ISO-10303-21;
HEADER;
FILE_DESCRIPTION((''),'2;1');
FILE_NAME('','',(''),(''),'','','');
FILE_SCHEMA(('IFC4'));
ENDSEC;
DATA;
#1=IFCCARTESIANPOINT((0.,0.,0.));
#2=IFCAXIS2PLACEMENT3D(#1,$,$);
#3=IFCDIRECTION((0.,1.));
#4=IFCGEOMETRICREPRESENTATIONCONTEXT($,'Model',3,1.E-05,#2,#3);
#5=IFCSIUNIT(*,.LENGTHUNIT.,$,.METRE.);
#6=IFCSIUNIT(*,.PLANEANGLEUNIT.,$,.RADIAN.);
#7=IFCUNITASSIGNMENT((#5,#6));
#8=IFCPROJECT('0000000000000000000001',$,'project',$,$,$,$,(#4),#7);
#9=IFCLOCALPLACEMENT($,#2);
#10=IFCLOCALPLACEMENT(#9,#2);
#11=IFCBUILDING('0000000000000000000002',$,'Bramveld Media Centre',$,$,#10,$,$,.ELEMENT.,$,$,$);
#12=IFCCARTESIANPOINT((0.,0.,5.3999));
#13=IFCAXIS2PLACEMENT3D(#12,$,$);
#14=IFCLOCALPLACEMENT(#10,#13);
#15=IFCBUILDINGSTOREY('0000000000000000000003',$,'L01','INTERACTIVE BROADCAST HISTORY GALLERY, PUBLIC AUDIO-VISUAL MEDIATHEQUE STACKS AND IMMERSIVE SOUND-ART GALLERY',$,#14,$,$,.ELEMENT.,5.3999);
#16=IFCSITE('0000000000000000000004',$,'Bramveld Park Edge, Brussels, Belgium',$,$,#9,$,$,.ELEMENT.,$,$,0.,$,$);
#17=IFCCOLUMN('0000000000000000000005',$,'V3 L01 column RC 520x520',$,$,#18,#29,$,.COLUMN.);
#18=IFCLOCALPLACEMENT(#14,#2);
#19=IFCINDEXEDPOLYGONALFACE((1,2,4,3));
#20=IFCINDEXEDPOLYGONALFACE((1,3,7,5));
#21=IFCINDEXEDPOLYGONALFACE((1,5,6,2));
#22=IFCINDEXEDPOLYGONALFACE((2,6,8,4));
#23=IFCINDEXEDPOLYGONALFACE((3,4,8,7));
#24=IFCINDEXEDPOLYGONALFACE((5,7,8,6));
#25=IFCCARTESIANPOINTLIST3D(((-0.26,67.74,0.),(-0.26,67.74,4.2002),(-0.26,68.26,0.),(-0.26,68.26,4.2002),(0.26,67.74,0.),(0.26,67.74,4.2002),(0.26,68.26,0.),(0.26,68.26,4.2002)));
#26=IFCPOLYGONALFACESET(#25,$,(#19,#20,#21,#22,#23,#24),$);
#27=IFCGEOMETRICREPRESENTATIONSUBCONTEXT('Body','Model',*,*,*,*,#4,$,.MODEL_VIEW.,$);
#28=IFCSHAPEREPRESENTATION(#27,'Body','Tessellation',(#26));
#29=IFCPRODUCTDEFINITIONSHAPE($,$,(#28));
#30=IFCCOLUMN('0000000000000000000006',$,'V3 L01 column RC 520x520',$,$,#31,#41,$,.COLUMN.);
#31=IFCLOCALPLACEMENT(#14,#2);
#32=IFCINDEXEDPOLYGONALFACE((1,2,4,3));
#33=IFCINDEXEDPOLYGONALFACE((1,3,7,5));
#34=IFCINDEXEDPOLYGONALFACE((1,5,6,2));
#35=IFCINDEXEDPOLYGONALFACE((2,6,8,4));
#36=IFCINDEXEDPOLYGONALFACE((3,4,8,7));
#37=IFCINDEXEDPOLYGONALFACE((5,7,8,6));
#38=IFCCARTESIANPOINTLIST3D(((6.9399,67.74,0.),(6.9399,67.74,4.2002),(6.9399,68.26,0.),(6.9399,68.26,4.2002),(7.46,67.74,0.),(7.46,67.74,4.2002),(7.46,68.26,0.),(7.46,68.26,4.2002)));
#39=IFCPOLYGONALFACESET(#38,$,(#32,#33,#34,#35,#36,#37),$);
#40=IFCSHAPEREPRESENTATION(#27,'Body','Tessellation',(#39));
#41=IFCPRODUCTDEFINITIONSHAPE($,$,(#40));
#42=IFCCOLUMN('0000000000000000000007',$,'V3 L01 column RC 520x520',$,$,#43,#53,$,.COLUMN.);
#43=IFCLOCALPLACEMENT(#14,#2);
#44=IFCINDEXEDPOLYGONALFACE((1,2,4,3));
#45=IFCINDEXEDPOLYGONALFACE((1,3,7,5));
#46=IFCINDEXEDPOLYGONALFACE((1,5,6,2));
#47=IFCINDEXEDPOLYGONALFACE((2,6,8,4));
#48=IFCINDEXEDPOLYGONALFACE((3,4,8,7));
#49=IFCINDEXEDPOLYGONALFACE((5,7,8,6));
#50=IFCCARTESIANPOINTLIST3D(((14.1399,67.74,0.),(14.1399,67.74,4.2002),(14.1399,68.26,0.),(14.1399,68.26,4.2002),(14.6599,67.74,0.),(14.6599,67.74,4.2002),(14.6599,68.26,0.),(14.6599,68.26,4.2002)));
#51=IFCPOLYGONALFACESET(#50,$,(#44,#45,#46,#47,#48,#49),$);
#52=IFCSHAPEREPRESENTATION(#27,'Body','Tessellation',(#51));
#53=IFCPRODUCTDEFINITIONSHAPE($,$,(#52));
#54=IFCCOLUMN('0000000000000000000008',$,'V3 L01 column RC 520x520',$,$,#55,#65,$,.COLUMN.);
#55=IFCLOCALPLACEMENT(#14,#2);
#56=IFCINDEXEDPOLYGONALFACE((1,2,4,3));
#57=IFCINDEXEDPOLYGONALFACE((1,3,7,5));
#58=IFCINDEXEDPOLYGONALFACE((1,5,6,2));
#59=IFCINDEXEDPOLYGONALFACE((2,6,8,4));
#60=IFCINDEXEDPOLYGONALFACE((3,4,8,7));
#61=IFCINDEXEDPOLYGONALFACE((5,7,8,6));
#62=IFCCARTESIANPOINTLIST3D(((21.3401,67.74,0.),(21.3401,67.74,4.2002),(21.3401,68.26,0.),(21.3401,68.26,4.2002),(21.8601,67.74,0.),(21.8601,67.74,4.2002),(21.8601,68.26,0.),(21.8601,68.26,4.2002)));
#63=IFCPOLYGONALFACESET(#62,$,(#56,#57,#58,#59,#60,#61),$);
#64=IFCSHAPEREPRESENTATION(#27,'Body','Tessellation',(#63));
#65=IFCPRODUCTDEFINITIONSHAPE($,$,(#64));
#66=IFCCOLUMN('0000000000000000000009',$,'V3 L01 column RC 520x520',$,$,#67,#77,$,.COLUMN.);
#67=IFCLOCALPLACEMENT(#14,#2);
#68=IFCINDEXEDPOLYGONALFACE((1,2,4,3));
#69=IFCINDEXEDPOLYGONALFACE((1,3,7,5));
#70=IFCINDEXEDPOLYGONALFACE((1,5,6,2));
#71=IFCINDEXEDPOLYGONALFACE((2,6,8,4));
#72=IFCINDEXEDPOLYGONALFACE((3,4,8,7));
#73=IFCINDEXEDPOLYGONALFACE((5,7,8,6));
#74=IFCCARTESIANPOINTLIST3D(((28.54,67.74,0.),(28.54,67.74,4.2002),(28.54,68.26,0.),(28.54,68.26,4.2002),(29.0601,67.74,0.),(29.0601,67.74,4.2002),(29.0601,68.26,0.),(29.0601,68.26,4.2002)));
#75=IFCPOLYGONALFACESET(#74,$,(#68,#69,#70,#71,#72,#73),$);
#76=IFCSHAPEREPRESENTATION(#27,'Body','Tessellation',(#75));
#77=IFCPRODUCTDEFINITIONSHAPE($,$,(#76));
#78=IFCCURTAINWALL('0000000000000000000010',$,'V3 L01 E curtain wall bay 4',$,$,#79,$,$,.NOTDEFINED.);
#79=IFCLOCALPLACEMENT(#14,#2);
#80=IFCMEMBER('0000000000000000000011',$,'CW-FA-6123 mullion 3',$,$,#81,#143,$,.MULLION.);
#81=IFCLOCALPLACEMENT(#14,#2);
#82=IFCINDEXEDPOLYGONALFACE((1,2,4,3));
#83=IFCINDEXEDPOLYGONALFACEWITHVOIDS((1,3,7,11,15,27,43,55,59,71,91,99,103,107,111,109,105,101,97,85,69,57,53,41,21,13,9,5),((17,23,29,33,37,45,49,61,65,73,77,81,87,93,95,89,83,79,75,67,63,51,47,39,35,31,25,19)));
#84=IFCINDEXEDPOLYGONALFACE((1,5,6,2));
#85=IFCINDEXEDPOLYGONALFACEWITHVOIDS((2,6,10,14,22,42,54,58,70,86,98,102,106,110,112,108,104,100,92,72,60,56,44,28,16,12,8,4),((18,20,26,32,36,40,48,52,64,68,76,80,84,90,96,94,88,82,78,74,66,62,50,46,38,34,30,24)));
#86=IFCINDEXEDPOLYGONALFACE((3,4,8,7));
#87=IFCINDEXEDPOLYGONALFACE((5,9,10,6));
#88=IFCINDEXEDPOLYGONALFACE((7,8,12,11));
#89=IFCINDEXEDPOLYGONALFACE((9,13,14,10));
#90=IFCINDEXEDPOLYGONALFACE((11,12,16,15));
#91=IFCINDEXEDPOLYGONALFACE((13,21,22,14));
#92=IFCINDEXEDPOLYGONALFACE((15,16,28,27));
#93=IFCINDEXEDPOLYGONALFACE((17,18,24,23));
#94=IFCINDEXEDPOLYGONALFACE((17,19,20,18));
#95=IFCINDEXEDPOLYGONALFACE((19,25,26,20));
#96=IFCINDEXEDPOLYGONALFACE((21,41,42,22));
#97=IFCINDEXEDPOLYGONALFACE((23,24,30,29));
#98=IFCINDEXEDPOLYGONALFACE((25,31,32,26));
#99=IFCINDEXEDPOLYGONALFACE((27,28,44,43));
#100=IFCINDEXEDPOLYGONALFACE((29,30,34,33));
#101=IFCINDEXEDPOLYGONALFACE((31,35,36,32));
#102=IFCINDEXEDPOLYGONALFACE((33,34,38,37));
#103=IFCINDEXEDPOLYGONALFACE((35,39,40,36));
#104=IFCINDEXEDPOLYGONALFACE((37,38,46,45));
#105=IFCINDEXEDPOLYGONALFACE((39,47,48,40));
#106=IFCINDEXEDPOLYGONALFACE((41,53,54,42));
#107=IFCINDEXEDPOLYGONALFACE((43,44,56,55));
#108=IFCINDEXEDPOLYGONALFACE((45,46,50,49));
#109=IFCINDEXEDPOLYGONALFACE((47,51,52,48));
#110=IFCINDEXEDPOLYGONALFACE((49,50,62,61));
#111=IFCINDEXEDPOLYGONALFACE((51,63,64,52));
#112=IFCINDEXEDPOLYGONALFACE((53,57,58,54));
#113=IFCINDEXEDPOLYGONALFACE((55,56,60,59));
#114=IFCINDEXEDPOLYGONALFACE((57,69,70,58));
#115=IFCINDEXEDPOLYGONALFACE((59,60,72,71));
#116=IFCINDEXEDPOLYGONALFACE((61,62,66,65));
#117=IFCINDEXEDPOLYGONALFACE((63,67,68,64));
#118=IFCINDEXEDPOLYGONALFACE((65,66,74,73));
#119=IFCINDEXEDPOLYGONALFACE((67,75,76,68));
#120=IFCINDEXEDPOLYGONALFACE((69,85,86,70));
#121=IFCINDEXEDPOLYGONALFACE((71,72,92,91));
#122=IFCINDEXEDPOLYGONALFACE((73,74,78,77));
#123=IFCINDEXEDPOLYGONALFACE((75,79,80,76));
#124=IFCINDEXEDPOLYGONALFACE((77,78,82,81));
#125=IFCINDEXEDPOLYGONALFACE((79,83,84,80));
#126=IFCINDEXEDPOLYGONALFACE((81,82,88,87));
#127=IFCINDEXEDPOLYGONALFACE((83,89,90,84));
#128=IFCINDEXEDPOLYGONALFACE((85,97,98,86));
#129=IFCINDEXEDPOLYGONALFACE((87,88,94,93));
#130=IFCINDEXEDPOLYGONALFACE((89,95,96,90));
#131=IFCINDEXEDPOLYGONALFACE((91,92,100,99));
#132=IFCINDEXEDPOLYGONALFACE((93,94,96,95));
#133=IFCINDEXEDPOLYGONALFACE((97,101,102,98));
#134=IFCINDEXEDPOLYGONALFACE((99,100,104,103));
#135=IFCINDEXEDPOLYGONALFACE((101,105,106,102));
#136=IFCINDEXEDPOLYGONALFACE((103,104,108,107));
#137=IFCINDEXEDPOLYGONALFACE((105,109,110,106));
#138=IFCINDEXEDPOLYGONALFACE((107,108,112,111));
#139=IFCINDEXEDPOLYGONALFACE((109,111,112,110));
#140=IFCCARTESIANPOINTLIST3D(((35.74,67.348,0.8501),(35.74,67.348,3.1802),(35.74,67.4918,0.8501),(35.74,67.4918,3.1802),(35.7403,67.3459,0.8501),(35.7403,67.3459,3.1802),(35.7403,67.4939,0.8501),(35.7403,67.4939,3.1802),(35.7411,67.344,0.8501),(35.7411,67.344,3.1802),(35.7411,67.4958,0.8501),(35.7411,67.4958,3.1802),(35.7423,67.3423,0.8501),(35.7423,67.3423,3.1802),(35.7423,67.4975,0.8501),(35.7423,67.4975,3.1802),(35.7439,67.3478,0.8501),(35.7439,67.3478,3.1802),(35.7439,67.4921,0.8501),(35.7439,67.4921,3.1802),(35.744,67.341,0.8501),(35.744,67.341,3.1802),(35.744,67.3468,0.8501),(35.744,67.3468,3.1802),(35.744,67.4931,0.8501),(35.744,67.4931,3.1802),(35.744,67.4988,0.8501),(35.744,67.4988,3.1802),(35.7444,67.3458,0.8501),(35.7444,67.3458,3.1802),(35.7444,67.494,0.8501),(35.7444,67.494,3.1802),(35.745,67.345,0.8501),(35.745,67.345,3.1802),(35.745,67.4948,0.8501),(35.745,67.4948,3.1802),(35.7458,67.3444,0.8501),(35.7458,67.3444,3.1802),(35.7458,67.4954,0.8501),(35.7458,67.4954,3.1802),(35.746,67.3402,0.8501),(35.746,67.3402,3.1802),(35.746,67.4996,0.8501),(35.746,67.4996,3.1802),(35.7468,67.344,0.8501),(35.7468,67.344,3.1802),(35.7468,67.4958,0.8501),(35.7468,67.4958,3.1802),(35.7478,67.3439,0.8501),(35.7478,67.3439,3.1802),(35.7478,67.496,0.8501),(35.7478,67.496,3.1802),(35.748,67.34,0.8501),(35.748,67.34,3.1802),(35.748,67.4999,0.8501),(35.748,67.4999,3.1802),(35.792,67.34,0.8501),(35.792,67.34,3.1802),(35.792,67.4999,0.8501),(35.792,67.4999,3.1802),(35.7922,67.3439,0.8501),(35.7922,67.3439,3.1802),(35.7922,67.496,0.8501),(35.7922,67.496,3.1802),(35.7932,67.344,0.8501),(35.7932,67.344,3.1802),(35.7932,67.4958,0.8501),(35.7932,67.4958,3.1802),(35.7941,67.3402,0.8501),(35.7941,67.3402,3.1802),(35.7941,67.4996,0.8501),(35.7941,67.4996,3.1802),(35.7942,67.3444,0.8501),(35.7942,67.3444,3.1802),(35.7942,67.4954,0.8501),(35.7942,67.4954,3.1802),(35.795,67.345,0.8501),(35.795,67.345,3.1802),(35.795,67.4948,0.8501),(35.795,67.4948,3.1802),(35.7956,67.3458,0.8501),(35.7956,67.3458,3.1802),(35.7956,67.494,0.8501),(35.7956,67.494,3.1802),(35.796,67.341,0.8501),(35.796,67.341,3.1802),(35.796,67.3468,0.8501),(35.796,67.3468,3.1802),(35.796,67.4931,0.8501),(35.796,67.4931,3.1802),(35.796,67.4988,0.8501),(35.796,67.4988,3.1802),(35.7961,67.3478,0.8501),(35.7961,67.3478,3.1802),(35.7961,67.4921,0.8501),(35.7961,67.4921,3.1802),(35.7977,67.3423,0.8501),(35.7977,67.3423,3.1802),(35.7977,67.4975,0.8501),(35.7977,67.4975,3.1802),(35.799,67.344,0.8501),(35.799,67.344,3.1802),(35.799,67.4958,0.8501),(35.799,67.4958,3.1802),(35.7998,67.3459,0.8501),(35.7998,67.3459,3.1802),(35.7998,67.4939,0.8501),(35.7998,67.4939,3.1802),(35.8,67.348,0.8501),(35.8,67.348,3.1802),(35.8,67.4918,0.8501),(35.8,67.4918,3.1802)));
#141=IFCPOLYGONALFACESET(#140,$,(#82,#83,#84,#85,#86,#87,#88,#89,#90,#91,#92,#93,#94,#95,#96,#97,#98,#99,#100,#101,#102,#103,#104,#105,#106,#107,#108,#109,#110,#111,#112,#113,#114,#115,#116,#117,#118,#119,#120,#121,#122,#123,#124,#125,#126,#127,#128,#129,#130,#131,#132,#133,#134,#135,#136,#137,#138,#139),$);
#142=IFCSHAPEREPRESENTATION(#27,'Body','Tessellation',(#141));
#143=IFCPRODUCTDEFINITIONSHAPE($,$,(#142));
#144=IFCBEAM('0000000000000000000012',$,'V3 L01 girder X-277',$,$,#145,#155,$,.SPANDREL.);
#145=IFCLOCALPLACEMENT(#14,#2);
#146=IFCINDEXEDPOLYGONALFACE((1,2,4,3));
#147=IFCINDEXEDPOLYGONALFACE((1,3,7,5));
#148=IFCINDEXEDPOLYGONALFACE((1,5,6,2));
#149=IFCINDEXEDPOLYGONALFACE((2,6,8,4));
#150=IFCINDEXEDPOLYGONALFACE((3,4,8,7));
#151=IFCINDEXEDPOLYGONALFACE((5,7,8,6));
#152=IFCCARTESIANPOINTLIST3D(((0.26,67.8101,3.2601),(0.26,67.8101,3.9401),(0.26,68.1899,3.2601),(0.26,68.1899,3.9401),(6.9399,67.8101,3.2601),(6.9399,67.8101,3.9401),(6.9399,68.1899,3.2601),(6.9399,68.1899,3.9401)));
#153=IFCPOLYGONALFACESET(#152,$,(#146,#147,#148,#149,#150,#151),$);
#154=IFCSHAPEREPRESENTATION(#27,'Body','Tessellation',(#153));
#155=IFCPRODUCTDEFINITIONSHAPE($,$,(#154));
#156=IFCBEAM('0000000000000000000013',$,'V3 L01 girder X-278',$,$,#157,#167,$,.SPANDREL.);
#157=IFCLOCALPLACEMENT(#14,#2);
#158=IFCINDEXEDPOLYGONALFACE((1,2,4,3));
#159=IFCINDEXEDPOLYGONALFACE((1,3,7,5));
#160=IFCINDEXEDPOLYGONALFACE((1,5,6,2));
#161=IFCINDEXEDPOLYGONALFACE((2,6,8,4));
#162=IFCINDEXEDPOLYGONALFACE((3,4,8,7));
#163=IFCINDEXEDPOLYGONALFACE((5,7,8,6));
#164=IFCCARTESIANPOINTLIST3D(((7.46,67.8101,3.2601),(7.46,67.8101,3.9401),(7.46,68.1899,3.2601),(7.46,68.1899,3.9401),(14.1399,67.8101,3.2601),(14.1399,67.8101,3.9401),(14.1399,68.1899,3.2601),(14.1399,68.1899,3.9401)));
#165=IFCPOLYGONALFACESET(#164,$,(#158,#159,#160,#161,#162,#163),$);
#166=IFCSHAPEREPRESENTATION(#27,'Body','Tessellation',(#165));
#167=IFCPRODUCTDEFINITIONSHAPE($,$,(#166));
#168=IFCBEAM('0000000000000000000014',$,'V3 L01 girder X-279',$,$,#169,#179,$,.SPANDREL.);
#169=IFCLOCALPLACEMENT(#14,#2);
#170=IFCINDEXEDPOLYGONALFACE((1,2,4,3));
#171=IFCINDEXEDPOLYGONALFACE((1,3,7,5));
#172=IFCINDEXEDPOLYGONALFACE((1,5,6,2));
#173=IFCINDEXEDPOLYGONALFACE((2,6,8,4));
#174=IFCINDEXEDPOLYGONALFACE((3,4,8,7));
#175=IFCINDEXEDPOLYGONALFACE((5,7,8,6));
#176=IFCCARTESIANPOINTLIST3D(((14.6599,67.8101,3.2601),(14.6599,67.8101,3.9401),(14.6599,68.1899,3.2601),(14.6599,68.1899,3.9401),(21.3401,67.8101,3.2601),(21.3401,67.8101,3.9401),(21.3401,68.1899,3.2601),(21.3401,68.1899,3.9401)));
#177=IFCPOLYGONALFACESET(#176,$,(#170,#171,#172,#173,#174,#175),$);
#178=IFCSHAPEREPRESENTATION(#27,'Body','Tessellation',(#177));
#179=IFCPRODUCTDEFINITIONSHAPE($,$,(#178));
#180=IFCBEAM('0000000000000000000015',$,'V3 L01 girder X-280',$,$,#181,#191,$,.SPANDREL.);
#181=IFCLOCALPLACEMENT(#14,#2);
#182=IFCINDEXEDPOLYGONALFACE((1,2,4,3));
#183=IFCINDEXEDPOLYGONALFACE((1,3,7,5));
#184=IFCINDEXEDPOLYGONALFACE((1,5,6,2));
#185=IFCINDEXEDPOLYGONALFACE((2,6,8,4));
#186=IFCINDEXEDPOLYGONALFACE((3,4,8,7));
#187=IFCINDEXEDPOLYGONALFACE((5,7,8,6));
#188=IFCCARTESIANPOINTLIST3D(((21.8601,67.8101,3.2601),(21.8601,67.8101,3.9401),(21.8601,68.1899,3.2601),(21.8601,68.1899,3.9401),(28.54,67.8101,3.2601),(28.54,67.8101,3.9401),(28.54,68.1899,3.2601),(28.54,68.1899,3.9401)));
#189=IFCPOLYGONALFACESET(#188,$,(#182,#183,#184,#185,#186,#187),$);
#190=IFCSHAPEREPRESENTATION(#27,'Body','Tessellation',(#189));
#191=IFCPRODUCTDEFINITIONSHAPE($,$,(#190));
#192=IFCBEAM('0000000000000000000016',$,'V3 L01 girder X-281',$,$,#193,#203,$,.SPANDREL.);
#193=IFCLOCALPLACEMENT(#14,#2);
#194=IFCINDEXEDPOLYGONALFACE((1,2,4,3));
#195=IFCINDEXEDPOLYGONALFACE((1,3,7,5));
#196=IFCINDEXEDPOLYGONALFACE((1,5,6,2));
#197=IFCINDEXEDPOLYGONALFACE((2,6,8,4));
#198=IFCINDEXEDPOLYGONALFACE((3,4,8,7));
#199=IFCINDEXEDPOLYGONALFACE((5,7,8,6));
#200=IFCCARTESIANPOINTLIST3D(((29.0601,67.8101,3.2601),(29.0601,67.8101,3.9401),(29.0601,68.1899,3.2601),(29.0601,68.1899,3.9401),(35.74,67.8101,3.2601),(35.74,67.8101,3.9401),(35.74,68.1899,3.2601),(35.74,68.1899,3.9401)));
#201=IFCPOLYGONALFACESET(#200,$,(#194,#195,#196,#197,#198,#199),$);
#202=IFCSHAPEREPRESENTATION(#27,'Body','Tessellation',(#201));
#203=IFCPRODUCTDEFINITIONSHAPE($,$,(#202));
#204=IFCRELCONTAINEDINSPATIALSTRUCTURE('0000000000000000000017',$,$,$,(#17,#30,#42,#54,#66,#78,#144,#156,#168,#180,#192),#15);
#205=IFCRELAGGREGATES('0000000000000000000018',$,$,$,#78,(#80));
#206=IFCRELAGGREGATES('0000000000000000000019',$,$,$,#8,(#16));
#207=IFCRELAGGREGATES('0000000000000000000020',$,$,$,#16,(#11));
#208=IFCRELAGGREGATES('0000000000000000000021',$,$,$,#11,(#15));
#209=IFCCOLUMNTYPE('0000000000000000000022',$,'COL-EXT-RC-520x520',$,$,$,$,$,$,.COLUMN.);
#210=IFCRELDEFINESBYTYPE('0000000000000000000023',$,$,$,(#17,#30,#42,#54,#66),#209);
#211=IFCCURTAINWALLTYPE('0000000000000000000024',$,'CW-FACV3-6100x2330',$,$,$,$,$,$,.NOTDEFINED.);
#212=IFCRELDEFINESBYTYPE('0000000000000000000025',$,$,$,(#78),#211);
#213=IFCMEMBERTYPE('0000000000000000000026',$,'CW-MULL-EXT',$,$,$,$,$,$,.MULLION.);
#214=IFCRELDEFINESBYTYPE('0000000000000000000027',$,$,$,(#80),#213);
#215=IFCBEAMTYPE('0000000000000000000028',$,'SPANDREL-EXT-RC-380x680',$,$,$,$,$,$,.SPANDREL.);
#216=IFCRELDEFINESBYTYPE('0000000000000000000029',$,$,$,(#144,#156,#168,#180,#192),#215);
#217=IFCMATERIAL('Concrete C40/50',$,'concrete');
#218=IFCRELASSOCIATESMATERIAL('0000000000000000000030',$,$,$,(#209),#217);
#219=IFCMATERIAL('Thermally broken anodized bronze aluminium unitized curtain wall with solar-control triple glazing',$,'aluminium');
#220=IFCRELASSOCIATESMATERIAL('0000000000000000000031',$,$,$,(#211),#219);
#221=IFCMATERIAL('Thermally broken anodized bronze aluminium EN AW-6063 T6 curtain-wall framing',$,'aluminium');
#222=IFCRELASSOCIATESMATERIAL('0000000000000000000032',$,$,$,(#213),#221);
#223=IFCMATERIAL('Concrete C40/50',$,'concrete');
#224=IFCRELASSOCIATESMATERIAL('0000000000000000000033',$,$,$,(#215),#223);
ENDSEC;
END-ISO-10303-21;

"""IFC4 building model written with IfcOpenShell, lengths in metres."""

from ifc_helpers import new_model, si_unit, direction, frame, origin, origin_2d, place, context, subcontext, project, spatial, rectangle, hollow_rectangle, extrude, material, material_profile, profile_set, type_object, element, aggregate, save


model = new_model("IFC4")

# Units and contexts
model_context = context("Model", 3, precision=1e-05, world=origin(), true_north=direction((0.0, 1.0)))
body_context = subcontext(model_context, "Body", "Model", "MODEL_VIEW")
ifc_project = project(units=[si_unit("LENGTHUNIT", "METRE"), si_unit("PLANEANGLEUNIT", "RADIAN")], contexts=[model_context])

# Site, building, storey
site_placement = place(None, origin())
site = spatial("IfcSite", under=ifc_project, at=site_placement, Name="Bramveld Park Edge, Brussels, Belgium", CompositionType="ELEMENT", RefElevation=0.0)
building_placement = place(site_placement, origin())
building = spatial("IfcBuilding", under=site, at=building_placement, Name="Bramveld Media Centre", CompositionType="ELEMENT")
storey_placement = place(building_placement, frame((0.0, 0.0, 5.3999)))
storey = spatial("IfcBuildingStorey", under=building, at=storey_placement, Name="L01", Description="INTERACTIVE BROADCAST HISTORY GALLERY, PUBLIC AUDIO-VISUAL MEDIATHEQUE STACKS AND IMMERSIVE SOUND-ART GALLERY", CompositionType="ELEMENT", Elevation=5.3999)

# Columns
ifc_material_1 = material(Name="Concrete C40/50", Category="concrete")
ifc_material_profile_1 = material_profile(ifc_material_1, rectangle(XDim=0.52, YDim=0.52, at=origin_2d()), Name="RC 520x520")
ifc_profile_set_1 = profile_set([ifc_material_profile_1], Name="Concrete C40/50")
column_type = type_object("IfcColumnType", Name="COL-EXT-RC-520x520", PredefinedType="COLUMN", material=ifc_profile_set_1)
for number, where, z_axis, x_axis, name in (
    (1, (0.0, 68.0, 0.0), (0.0, 0.0, 1.0), (1.0, 0.0, 0.0), "V3 L01 column RC 520x520"),
    (2, (7.2, 68.0, 0.0), (0.0, 0.0, 1.0), (1.0, 0.0, 0.0), "V3 L01 column RC 520x520"),
    (3, (14.3999, 68.0, 0.0), (0.0, 0.0, 1.0), (1.0, 0.0, 0.0), "V3 L01 column RC 520x520"),
    (4, (21.6001, 68.0, 0.0), (0.0, 0.0, 1.0), (1.0, 0.0, 0.0), "V3 L01 column RC 520x520"),
    (5, (28.8, 68.0, 0.0), (0.0, 0.0, 1.0), (1.0, 0.0, 0.0), "V3 L01 column RC 520x520"),
):
    element("IfcColumn", number, at=place(storey_placement, frame(where, z_axis=z_axis, x_axis=x_axis)), inside=storey, type_object=column_type, Name=name, PredefinedType="COLUMN", context=body_context, shape_type="SweptSolid", body=[
        extrude(rectangle(XDim=0.52, YDim=0.52, at=origin_2d()), origin(), (0.0, 0.0, 1.0), 4.2002),
    ])

# Curtain wall, member
ifc_material_2 = material(Name="Thermally broken anodized bronze aluminium unitized curtain wall with solar-control triple glazing", Category="aluminium")
curtain_wall_type = type_object("IfcCurtainWallType", Name="CW-FACV3-6100x2330", PredefinedType="NOTDEFINED", material=ifc_material_2)
curtain_wall_placement = place(storey_placement, origin())
curtain_wall = element("IfcCurtainWall", 6, at=curtain_wall_placement, inside=storey, type_object=curtain_wall_type, Name="V3 L01 E curtain wall bay 4", PredefinedType="NOTDEFINED")
ifc_material_3 = material(Name="Thermally broken anodized bronze aluminium EN AW-6063 T6 curtain-wall framing", Category="aluminium")
ifc_material_profile_2 = material_profile(ifc_material_3, hollow_rectangle(XDim=0.0601, YDim=0.1599, WallThickness=0.0039, InnerFilletRadius=0.0039, OuterFilletRadius=0.0081, at=origin_2d()), Name="AL-MULL 60x160")
ifc_profile_set_2 = profile_set([ifc_material_profile_2], Name="Thermally broken anodized bronze aluminium EN AW-6063 T6 curtain-wall framing")
member_type = type_object("IfcMemberType", Name="CW-MULL-EXT", PredefinedType="MULLION", material=ifc_profile_set_2)
member_placement = place(storey_placement, frame((35.77, 67.4199, 0.8501), z_axis=(0.0, 0.0, 1.0), x_axis=(-1.0, 0.0, 0.0)))
member = element("IfcMember", 7, at=member_placement, type_object=member_type, Name="CW-FA-6123 mullion 3", PredefinedType="MULLION", context=body_context, shape_type="SweptSolid", body=[
    extrude(hollow_rectangle(XDim=0.0601, YDim=0.1599, WallThickness=0.0039, InnerFilletRadius=0.0039, OuterFilletRadius=0.0081, at=origin_2d()), origin(), (0.0, 0.0, 1.0), 2.3301),
])

# Beams
ifc_material_4 = material(Name="Concrete C40/50", Category="concrete")
ifc_material_profile_3 = material_profile(ifc_material_4, rectangle(XDim=0.3799, YDim=0.6799, at=origin_2d()), Name="RC 380x680")
ifc_profile_set_3 = profile_set([ifc_material_profile_3], Name="Concrete C40/50")
beam_type = type_object("IfcBeamType", Name="SPANDREL-EXT-RC-380x680", PredefinedType="SPANDREL", material=ifc_profile_set_3)
for number, where, z_axis, x_axis, name in (
    (8, (0.26, 68.0, 3.6001), (1.0, 0.0, 0.0), (0.0, 1.0, 0.0), "V3 L01 girder X-277"),
    (9, (7.46, 68.0, 3.6001), (1.0, 0.0, 0.0), (0.0, 1.0, 0.0), "V3 L01 girder X-278"),
):
    element("IfcBeam", number, at=place(storey_placement, frame(where, z_axis=z_axis, x_axis=x_axis)), inside=storey, type_object=beam_type, Name=name, PredefinedType="SPANDREL", context=body_context, shape_type="SweptSolid", body=[
        extrude(rectangle(XDim=0.3799, YDim=0.6799, at=origin_2d()), origin(), (0.0, 0.0, 1.0), 6.6799),
    ])
beam_placement = place(storey_placement, frame((14.6599, 68.0, 3.6001), z_axis=(1.0, 0.0, 0.0), x_axis=(0.0, 1.0, 0.0)))
element("IfcBeam", 10, at=beam_placement, inside=storey, type_object=beam_type, Name="V3 L01 girder X-279", PredefinedType="SPANDREL", context=body_context, shape_type="SweptSolid", body=[
    extrude(rectangle(XDim=0.3799, YDim=0.6799, at=origin_2d()), origin(), (0.0, 0.0, 1.0), 6.6802),
])
for number, where, z_axis, x_axis, name in (
    (11, (21.8601, 68.0, 3.6001), (1.0, 0.0, 0.0), (0.0, 1.0, 0.0), "V3 L01 girder X-280"),
    (12, (29.0601, 68.0, 3.6001), (1.0, 0.0, 0.0), (0.0, 1.0, 0.0), "V3 L01 girder X-281"),
):
    element("IfcBeam", number, at=place(storey_placement, frame(where, z_axis=z_axis, x_axis=x_axis)), inside=storey, type_object=beam_type, Name=name, PredefinedType="SPANDREL", context=body_context, shape_type="SweptSolid", body=[
        extrude(rectangle(XDim=0.3799, YDim=0.6799, at=origin_2d()), origin(), (0.0, 0.0, 1.0), 6.6799),
    ])

aggregate(curtain_wall, [member])

save(model, "model.ifc")
